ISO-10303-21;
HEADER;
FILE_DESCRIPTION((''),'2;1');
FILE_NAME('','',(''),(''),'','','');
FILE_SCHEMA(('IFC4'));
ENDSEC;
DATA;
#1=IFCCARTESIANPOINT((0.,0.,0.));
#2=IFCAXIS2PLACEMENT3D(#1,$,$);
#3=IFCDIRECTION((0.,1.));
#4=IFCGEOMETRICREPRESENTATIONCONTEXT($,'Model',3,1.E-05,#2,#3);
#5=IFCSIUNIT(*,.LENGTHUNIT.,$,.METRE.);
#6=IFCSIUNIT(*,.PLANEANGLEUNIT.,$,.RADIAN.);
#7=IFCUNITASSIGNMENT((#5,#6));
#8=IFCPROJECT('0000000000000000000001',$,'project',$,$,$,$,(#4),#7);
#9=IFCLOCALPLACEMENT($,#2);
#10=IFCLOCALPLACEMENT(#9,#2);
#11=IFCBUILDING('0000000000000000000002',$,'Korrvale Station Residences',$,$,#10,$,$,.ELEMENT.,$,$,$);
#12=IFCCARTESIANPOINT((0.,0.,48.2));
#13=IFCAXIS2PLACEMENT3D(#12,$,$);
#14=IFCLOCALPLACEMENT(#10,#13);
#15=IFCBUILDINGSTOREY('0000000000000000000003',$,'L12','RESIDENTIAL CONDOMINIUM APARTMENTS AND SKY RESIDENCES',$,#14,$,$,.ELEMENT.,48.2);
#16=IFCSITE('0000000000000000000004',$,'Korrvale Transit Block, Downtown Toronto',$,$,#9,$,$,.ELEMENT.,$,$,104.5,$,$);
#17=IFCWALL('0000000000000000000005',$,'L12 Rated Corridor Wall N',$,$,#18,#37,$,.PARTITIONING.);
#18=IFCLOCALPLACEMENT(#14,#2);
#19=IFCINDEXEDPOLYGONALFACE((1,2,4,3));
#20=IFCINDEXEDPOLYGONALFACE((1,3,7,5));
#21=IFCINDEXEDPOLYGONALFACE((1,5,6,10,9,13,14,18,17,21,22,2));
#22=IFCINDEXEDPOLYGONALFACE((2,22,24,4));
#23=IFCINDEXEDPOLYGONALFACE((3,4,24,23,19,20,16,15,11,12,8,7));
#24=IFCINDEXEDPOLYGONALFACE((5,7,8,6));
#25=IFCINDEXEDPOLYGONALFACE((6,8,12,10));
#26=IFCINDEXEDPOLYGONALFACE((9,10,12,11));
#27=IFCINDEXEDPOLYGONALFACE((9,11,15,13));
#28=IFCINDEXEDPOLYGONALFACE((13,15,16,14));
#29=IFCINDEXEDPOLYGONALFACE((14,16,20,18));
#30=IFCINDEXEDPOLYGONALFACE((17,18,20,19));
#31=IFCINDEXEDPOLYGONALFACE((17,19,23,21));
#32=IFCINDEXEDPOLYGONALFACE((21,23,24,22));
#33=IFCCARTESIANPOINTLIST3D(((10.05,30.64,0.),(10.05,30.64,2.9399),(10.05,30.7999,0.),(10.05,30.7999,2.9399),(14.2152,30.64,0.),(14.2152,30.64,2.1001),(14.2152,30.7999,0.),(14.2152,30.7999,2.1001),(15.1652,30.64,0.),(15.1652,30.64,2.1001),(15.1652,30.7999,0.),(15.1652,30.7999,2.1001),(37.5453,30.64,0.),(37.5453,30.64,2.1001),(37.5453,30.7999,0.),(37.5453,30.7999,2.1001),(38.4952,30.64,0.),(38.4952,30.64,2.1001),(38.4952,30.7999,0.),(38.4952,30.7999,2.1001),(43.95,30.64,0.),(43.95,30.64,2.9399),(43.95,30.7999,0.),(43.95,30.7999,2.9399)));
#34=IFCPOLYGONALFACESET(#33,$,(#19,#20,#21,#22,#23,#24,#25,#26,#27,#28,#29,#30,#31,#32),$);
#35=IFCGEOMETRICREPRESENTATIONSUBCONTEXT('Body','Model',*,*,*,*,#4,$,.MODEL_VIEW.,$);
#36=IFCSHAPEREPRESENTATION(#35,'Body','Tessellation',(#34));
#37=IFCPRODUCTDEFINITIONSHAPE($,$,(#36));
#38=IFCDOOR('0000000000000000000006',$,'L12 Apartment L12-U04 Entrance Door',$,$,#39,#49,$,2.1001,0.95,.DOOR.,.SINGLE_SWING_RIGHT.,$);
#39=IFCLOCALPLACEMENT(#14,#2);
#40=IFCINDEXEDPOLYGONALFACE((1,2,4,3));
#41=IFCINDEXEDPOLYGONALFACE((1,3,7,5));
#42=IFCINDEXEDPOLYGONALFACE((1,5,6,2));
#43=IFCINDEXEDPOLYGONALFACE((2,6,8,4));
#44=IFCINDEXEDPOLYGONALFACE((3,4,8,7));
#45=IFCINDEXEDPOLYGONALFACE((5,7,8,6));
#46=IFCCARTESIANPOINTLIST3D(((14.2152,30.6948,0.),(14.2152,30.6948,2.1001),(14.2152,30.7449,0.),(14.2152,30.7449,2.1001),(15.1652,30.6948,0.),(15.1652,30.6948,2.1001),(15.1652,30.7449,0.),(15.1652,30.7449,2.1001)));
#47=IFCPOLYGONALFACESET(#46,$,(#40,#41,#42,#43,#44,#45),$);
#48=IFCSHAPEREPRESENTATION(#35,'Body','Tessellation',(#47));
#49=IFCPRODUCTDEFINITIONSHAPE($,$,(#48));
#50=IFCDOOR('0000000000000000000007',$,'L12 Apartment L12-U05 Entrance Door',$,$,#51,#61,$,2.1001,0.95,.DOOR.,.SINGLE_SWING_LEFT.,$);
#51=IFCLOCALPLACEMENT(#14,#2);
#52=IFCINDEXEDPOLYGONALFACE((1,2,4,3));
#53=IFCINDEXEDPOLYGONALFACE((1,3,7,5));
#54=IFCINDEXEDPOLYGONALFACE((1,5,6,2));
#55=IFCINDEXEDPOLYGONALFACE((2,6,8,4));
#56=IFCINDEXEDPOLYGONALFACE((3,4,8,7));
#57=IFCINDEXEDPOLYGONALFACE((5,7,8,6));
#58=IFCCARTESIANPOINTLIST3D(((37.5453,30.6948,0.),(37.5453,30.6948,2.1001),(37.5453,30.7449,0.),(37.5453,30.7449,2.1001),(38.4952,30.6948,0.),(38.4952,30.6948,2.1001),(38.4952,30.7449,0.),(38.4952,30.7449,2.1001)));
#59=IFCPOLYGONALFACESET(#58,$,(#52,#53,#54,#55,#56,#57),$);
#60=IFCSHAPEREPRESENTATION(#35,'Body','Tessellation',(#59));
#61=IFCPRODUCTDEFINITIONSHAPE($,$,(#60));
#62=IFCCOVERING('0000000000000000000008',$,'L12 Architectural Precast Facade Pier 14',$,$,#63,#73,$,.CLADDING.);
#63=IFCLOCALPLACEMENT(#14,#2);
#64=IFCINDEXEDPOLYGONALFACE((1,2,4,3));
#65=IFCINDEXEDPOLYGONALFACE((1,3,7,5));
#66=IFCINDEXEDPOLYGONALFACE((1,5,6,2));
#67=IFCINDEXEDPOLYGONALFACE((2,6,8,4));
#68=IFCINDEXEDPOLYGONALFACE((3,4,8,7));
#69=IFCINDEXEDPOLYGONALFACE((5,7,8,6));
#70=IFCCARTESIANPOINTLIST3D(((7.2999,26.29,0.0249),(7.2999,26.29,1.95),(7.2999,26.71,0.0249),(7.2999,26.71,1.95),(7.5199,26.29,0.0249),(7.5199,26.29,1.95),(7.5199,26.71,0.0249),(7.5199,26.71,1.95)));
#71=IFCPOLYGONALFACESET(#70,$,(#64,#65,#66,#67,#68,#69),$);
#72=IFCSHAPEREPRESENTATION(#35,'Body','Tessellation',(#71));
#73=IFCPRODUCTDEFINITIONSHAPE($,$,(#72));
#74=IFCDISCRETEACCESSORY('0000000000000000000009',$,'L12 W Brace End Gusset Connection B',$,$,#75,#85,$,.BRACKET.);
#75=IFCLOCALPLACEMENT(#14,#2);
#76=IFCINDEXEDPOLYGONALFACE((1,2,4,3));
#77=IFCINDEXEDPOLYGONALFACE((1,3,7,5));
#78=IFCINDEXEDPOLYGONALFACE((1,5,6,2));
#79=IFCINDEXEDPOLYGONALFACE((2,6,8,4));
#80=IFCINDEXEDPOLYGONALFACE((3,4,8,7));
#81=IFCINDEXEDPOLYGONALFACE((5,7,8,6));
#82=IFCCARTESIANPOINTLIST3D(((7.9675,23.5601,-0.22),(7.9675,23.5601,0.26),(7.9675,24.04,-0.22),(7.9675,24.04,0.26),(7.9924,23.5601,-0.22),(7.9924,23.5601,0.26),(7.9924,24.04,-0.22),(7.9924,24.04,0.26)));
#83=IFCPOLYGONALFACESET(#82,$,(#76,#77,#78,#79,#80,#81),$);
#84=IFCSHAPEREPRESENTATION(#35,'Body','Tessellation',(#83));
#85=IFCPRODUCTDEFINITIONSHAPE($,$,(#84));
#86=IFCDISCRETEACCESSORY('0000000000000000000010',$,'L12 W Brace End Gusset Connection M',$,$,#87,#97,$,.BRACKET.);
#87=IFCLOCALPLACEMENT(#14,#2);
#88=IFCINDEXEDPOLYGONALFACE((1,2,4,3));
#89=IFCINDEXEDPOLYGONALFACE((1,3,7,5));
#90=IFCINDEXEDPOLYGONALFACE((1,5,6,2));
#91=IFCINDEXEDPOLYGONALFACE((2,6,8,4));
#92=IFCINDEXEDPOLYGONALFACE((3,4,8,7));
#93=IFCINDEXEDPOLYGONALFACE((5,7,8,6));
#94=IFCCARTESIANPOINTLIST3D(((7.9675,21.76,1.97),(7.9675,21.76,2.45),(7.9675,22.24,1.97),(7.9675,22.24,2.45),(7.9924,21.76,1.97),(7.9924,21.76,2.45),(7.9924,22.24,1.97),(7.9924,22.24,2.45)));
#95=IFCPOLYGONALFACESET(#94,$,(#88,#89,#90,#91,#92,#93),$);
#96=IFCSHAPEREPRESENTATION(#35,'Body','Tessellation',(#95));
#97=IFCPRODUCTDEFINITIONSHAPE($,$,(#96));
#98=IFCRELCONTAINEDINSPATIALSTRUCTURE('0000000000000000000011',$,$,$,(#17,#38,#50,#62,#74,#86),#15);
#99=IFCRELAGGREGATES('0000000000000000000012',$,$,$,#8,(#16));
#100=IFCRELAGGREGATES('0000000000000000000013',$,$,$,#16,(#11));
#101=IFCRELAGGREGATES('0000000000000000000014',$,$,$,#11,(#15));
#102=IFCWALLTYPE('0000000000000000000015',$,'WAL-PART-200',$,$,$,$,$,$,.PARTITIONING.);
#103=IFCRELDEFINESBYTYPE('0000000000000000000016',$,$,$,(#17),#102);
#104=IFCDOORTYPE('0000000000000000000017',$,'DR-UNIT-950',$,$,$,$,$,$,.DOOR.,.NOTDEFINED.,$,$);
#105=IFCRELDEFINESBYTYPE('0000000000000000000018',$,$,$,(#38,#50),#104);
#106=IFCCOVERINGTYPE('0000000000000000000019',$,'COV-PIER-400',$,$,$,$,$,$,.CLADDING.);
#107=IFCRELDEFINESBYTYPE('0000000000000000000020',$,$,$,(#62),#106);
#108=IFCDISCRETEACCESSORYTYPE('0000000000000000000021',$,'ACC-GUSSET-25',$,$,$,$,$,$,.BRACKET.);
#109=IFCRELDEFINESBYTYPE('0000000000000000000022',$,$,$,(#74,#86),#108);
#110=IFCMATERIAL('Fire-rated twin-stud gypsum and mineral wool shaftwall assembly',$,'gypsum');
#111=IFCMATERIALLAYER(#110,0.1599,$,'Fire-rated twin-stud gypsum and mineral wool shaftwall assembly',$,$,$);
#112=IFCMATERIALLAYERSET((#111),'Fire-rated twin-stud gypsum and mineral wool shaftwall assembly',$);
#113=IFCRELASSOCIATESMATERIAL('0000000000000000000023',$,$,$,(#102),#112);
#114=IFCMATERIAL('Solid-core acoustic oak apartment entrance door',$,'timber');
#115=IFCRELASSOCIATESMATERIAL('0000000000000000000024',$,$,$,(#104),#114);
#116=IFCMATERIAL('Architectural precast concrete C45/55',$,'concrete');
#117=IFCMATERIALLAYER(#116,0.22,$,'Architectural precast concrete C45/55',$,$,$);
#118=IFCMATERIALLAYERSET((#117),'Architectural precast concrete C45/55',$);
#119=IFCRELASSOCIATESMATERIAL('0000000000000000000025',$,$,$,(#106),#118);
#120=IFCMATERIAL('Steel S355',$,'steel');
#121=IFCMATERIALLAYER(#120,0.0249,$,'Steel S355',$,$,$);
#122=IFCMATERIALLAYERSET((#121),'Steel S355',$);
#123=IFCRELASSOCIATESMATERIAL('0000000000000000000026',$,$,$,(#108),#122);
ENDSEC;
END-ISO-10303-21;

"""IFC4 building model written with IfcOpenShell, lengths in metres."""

from ifc_helpers import new_model, si_unit, direction, frame, frame_2d, origin, origin_2d, place, context, subcontext, project, spatial, rectangle, extrude, material, layer, layer_set, type_object, element, fill, save


model = new_model("IFC4")

# Units and contexts
model_context = context("Model", 3, precision=1e-05, world=origin(), true_north=direction((0.0, 1.0)))
body_context = subcontext(model_context, "Body", "Model", "MODEL_VIEW")
ifc_project = project(units=[si_unit("LENGTHUNIT", "METRE"), si_unit("PLANEANGLEUNIT", "RADIAN")], contexts=[model_context])

# Site, building, storey
site_placement = place(None, origin())
site = spatial("IfcSite", under=ifc_project, at=site_placement, Name="Korrvale Transit Block, Downtown Toronto", CompositionType="ELEMENT", RefElevation=104.5)
building_placement = place(site_placement, origin())
building = spatial("IfcBuilding", under=site, at=building_placement, Name="Korrvale Station Residences", CompositionType="ELEMENT")
storey_placement = place(building_placement, frame((0.0, 0.0, 48.2)))
storey = spatial("IfcBuildingStorey", under=building, at=storey_placement, Name="L12", Description="RESIDENTIAL CONDOMINIUM APARTMENTS AND SKY RESIDENCES", CompositionType="ELEMENT", Elevation=48.2)

# Shared definitions
ifc_material_1 = material(Name="Steel S355", Category="steel")

# Shared definitions
ifc_material_2 = material(Name="Fire-rated twin-stud gypsum and mineral wool shaftwall assembly", Category="gypsum")
ifc_layer_1 = layer(ifc_material_2, 0.1599, Name="Fire-rated twin-stud gypsum and mineral wool shaftwall assembly")
ifc_layer_set_1 = layer_set([ifc_layer_1], Name="Fire-rated twin-stud gypsum and mineral wool shaftwall assembly")
wall_type_1 = type_object("IfcWallType", Name="WAL-PART-200", PredefinedType="PARTITIONING", material=ifc_layer_set_1)

# Wall, openings, doors
wall_1_placement = place(storey_placement, frame((10.05, 30.72, 0.0), z_axis=(0.0, 0.0, 1.0), x_axis=(1.0, 0.0, 0.0)))
wall_1 = element("IfcWall", 1, at=wall_1_placement, inside=storey, type_object=wall_type_1, Name="L12 Rated Corridor Wall N", PredefinedType="PARTITIONING", context=body_context, shape_type="SweptSolid", body=[
    extrude(rectangle(XDim=33.8999, YDim=0.1599, at=frame_2d((16.95, 0.0))), origin(), (0.0, 0.0, 1.0), 2.9399),
])
opening_1_placement = place(wall_1_placement, frame((4.165, 0.0, 0.0)))
opening_1 = element("IfcOpeningElement", 2, at=opening_1_placement, cuts=wall_1, PredefinedType="OPENING", context=body_context, shape_type="SweptSolid", body=[
    extrude(rectangle(XDim=0.95, YDim=2.1001, at=frame_2d((0.4751, 1.05))), frame((0.0, 0.0898, 0.0), z_axis=(0.0, -1.0, 0.0), x_axis=(1.0, 0.0, 0.0)), (0.0, 0.0, 1.0), 0.1799),
])
opening_2_placement = place(wall_1_placement, frame((27.4951, 0.0, 0.0)))
opening_2 = element("IfcOpeningElement", 3, at=opening_2_placement, cuts=wall_1, PredefinedType="OPENING", context=body_context, shape_type="SweptSolid", body=[
    extrude(rectangle(XDim=0.95, YDim=2.1001, at=frame_2d((0.4751, 1.05))), frame((0.0, 0.0898, 0.0), z_axis=(0.0, -1.0, 0.0), x_axis=(1.0, 0.0, 0.0)), (0.0, 0.0, 1.0), 0.1799),
])
ifc_material_3 = material(Name="Solid-core acoustic oak apartment entrance door", Category="timber")
door_type_1 = type_object("IfcDoorType", Name="DR-UNIT-950", OperationType="NOTDEFINED", PredefinedType="DOOR", material=ifc_material_3)
door_1_placement = place(opening_1_placement, origin())
door_1 = element("IfcDoor", 4, at=door_1_placement, inside=storey, type_object=door_type_1, Name="L12 Apartment L12-U04 Entrance Door", OperationType="SINGLE_SWING_RIGHT", OverallHeight=2.1001, OverallWidth=0.95, PredefinedType="DOOR", context=body_context, shape_type="SweptSolid", body=[
    extrude(rectangle(XDim=0.95, YDim=2.1001, at=frame_2d((0.4751, 1.05))), frame((0.0, 0.0249, 0.0), z_axis=(0.0, -1.0, 0.0), x_axis=(1.0, 0.0, 0.0)), (0.0, 0.0, 1.0), 0.05),
])
fill(opening_1, door_1)
door_2_placement = place(opening_2_placement, origin())
door_2 = element("IfcDoor", 5, at=door_2_placement, inside=storey, type_object=door_type_1, Name="L12 Apartment L12-U05 Entrance Door", OperationType="SINGLE_SWING_LEFT", OverallHeight=2.1001, OverallWidth=0.95, PredefinedType="DOOR", context=body_context, shape_type="SweptSolid", body=[
    extrude(rectangle(XDim=0.95, YDim=2.1001, at=frame_2d((0.4751, 1.05))), frame((0.0, 0.0249, 0.0), z_axis=(0.0, -1.0, 0.0), x_axis=(1.0, 0.0, 0.0)), (0.0, 0.0, 1.0), 0.05),
])
fill(opening_2, door_2)

# Covering
ifc_material_4 = material(Name="Architectural precast concrete C45/55", Category="concrete")
ifc_layer_2 = layer(ifc_material_4, 0.22, Name="Architectural precast concrete C45/55")
ifc_layer_set_2 = layer_set([ifc_layer_2], Name="Architectural precast concrete C45/55")
covering_type = type_object("IfcCoveringType", Name="COV-PIER-400", PredefinedType="CLADDING", material=ifc_layer_set_2)
covering_placement = place(storey_placement, frame((7.4099, 26.5, 0.0249), z_axis=(0.0, 0.0, 1.0), x_axis=(0.0, 1.0, 0.0)))
element("IfcCovering", 6, at=covering_placement, inside=storey, type_object=covering_type, Name="L12 Architectural Precast Facade Pier 14", PredefinedType="CLADDING", context=body_context, shape_type="SweptSolid", body=[
    extrude(rectangle(XDim=0.4199, YDim=0.22, at=origin_2d()), origin(), (0.0, 0.0, 1.0), 1.925),
])

# Discrete accessories
ifc_layer_3 = layer(ifc_material_1, 0.0249, Name="Steel S355")
ifc_layer_set_3 = layer_set([ifc_layer_3], Name="Steel S355")
discrete_accessory_type = type_object("IfcDiscreteAccessoryType", Name="ACC-GUSSET-25", PredefinedType="BRACKET", material=ifc_layer_set_3)
for number, where, z_axis, x_axis, name in (
    (7, (7.98, 23.8, -0.22), (0.0, 0.0, 1.0), (0.0, 1.0, 0.0), "L12 W Brace End Gusset Connection B"),
    (8, (7.98, 22.0, 1.97), (0.0, 0.0, 1.0), (0.0, 1.0, 0.0), "L12 W Brace End Gusset Connection M"),
):
    element("IfcDiscreteAccessory", number, at=place(storey_placement, frame(where, z_axis=z_axis, x_axis=x_axis)), inside=storey, type_object=discrete_accessory_type, Name=name, PredefinedType="BRACKET", context=body_context, shape_type="SweptSolid", body=[
        extrude(rectangle(XDim=0.48, YDim=0.0249, at=origin_2d()), origin(), (0.0, 0.0, 1.0), 0.48),
    ])

save(model, "model.ifc")
